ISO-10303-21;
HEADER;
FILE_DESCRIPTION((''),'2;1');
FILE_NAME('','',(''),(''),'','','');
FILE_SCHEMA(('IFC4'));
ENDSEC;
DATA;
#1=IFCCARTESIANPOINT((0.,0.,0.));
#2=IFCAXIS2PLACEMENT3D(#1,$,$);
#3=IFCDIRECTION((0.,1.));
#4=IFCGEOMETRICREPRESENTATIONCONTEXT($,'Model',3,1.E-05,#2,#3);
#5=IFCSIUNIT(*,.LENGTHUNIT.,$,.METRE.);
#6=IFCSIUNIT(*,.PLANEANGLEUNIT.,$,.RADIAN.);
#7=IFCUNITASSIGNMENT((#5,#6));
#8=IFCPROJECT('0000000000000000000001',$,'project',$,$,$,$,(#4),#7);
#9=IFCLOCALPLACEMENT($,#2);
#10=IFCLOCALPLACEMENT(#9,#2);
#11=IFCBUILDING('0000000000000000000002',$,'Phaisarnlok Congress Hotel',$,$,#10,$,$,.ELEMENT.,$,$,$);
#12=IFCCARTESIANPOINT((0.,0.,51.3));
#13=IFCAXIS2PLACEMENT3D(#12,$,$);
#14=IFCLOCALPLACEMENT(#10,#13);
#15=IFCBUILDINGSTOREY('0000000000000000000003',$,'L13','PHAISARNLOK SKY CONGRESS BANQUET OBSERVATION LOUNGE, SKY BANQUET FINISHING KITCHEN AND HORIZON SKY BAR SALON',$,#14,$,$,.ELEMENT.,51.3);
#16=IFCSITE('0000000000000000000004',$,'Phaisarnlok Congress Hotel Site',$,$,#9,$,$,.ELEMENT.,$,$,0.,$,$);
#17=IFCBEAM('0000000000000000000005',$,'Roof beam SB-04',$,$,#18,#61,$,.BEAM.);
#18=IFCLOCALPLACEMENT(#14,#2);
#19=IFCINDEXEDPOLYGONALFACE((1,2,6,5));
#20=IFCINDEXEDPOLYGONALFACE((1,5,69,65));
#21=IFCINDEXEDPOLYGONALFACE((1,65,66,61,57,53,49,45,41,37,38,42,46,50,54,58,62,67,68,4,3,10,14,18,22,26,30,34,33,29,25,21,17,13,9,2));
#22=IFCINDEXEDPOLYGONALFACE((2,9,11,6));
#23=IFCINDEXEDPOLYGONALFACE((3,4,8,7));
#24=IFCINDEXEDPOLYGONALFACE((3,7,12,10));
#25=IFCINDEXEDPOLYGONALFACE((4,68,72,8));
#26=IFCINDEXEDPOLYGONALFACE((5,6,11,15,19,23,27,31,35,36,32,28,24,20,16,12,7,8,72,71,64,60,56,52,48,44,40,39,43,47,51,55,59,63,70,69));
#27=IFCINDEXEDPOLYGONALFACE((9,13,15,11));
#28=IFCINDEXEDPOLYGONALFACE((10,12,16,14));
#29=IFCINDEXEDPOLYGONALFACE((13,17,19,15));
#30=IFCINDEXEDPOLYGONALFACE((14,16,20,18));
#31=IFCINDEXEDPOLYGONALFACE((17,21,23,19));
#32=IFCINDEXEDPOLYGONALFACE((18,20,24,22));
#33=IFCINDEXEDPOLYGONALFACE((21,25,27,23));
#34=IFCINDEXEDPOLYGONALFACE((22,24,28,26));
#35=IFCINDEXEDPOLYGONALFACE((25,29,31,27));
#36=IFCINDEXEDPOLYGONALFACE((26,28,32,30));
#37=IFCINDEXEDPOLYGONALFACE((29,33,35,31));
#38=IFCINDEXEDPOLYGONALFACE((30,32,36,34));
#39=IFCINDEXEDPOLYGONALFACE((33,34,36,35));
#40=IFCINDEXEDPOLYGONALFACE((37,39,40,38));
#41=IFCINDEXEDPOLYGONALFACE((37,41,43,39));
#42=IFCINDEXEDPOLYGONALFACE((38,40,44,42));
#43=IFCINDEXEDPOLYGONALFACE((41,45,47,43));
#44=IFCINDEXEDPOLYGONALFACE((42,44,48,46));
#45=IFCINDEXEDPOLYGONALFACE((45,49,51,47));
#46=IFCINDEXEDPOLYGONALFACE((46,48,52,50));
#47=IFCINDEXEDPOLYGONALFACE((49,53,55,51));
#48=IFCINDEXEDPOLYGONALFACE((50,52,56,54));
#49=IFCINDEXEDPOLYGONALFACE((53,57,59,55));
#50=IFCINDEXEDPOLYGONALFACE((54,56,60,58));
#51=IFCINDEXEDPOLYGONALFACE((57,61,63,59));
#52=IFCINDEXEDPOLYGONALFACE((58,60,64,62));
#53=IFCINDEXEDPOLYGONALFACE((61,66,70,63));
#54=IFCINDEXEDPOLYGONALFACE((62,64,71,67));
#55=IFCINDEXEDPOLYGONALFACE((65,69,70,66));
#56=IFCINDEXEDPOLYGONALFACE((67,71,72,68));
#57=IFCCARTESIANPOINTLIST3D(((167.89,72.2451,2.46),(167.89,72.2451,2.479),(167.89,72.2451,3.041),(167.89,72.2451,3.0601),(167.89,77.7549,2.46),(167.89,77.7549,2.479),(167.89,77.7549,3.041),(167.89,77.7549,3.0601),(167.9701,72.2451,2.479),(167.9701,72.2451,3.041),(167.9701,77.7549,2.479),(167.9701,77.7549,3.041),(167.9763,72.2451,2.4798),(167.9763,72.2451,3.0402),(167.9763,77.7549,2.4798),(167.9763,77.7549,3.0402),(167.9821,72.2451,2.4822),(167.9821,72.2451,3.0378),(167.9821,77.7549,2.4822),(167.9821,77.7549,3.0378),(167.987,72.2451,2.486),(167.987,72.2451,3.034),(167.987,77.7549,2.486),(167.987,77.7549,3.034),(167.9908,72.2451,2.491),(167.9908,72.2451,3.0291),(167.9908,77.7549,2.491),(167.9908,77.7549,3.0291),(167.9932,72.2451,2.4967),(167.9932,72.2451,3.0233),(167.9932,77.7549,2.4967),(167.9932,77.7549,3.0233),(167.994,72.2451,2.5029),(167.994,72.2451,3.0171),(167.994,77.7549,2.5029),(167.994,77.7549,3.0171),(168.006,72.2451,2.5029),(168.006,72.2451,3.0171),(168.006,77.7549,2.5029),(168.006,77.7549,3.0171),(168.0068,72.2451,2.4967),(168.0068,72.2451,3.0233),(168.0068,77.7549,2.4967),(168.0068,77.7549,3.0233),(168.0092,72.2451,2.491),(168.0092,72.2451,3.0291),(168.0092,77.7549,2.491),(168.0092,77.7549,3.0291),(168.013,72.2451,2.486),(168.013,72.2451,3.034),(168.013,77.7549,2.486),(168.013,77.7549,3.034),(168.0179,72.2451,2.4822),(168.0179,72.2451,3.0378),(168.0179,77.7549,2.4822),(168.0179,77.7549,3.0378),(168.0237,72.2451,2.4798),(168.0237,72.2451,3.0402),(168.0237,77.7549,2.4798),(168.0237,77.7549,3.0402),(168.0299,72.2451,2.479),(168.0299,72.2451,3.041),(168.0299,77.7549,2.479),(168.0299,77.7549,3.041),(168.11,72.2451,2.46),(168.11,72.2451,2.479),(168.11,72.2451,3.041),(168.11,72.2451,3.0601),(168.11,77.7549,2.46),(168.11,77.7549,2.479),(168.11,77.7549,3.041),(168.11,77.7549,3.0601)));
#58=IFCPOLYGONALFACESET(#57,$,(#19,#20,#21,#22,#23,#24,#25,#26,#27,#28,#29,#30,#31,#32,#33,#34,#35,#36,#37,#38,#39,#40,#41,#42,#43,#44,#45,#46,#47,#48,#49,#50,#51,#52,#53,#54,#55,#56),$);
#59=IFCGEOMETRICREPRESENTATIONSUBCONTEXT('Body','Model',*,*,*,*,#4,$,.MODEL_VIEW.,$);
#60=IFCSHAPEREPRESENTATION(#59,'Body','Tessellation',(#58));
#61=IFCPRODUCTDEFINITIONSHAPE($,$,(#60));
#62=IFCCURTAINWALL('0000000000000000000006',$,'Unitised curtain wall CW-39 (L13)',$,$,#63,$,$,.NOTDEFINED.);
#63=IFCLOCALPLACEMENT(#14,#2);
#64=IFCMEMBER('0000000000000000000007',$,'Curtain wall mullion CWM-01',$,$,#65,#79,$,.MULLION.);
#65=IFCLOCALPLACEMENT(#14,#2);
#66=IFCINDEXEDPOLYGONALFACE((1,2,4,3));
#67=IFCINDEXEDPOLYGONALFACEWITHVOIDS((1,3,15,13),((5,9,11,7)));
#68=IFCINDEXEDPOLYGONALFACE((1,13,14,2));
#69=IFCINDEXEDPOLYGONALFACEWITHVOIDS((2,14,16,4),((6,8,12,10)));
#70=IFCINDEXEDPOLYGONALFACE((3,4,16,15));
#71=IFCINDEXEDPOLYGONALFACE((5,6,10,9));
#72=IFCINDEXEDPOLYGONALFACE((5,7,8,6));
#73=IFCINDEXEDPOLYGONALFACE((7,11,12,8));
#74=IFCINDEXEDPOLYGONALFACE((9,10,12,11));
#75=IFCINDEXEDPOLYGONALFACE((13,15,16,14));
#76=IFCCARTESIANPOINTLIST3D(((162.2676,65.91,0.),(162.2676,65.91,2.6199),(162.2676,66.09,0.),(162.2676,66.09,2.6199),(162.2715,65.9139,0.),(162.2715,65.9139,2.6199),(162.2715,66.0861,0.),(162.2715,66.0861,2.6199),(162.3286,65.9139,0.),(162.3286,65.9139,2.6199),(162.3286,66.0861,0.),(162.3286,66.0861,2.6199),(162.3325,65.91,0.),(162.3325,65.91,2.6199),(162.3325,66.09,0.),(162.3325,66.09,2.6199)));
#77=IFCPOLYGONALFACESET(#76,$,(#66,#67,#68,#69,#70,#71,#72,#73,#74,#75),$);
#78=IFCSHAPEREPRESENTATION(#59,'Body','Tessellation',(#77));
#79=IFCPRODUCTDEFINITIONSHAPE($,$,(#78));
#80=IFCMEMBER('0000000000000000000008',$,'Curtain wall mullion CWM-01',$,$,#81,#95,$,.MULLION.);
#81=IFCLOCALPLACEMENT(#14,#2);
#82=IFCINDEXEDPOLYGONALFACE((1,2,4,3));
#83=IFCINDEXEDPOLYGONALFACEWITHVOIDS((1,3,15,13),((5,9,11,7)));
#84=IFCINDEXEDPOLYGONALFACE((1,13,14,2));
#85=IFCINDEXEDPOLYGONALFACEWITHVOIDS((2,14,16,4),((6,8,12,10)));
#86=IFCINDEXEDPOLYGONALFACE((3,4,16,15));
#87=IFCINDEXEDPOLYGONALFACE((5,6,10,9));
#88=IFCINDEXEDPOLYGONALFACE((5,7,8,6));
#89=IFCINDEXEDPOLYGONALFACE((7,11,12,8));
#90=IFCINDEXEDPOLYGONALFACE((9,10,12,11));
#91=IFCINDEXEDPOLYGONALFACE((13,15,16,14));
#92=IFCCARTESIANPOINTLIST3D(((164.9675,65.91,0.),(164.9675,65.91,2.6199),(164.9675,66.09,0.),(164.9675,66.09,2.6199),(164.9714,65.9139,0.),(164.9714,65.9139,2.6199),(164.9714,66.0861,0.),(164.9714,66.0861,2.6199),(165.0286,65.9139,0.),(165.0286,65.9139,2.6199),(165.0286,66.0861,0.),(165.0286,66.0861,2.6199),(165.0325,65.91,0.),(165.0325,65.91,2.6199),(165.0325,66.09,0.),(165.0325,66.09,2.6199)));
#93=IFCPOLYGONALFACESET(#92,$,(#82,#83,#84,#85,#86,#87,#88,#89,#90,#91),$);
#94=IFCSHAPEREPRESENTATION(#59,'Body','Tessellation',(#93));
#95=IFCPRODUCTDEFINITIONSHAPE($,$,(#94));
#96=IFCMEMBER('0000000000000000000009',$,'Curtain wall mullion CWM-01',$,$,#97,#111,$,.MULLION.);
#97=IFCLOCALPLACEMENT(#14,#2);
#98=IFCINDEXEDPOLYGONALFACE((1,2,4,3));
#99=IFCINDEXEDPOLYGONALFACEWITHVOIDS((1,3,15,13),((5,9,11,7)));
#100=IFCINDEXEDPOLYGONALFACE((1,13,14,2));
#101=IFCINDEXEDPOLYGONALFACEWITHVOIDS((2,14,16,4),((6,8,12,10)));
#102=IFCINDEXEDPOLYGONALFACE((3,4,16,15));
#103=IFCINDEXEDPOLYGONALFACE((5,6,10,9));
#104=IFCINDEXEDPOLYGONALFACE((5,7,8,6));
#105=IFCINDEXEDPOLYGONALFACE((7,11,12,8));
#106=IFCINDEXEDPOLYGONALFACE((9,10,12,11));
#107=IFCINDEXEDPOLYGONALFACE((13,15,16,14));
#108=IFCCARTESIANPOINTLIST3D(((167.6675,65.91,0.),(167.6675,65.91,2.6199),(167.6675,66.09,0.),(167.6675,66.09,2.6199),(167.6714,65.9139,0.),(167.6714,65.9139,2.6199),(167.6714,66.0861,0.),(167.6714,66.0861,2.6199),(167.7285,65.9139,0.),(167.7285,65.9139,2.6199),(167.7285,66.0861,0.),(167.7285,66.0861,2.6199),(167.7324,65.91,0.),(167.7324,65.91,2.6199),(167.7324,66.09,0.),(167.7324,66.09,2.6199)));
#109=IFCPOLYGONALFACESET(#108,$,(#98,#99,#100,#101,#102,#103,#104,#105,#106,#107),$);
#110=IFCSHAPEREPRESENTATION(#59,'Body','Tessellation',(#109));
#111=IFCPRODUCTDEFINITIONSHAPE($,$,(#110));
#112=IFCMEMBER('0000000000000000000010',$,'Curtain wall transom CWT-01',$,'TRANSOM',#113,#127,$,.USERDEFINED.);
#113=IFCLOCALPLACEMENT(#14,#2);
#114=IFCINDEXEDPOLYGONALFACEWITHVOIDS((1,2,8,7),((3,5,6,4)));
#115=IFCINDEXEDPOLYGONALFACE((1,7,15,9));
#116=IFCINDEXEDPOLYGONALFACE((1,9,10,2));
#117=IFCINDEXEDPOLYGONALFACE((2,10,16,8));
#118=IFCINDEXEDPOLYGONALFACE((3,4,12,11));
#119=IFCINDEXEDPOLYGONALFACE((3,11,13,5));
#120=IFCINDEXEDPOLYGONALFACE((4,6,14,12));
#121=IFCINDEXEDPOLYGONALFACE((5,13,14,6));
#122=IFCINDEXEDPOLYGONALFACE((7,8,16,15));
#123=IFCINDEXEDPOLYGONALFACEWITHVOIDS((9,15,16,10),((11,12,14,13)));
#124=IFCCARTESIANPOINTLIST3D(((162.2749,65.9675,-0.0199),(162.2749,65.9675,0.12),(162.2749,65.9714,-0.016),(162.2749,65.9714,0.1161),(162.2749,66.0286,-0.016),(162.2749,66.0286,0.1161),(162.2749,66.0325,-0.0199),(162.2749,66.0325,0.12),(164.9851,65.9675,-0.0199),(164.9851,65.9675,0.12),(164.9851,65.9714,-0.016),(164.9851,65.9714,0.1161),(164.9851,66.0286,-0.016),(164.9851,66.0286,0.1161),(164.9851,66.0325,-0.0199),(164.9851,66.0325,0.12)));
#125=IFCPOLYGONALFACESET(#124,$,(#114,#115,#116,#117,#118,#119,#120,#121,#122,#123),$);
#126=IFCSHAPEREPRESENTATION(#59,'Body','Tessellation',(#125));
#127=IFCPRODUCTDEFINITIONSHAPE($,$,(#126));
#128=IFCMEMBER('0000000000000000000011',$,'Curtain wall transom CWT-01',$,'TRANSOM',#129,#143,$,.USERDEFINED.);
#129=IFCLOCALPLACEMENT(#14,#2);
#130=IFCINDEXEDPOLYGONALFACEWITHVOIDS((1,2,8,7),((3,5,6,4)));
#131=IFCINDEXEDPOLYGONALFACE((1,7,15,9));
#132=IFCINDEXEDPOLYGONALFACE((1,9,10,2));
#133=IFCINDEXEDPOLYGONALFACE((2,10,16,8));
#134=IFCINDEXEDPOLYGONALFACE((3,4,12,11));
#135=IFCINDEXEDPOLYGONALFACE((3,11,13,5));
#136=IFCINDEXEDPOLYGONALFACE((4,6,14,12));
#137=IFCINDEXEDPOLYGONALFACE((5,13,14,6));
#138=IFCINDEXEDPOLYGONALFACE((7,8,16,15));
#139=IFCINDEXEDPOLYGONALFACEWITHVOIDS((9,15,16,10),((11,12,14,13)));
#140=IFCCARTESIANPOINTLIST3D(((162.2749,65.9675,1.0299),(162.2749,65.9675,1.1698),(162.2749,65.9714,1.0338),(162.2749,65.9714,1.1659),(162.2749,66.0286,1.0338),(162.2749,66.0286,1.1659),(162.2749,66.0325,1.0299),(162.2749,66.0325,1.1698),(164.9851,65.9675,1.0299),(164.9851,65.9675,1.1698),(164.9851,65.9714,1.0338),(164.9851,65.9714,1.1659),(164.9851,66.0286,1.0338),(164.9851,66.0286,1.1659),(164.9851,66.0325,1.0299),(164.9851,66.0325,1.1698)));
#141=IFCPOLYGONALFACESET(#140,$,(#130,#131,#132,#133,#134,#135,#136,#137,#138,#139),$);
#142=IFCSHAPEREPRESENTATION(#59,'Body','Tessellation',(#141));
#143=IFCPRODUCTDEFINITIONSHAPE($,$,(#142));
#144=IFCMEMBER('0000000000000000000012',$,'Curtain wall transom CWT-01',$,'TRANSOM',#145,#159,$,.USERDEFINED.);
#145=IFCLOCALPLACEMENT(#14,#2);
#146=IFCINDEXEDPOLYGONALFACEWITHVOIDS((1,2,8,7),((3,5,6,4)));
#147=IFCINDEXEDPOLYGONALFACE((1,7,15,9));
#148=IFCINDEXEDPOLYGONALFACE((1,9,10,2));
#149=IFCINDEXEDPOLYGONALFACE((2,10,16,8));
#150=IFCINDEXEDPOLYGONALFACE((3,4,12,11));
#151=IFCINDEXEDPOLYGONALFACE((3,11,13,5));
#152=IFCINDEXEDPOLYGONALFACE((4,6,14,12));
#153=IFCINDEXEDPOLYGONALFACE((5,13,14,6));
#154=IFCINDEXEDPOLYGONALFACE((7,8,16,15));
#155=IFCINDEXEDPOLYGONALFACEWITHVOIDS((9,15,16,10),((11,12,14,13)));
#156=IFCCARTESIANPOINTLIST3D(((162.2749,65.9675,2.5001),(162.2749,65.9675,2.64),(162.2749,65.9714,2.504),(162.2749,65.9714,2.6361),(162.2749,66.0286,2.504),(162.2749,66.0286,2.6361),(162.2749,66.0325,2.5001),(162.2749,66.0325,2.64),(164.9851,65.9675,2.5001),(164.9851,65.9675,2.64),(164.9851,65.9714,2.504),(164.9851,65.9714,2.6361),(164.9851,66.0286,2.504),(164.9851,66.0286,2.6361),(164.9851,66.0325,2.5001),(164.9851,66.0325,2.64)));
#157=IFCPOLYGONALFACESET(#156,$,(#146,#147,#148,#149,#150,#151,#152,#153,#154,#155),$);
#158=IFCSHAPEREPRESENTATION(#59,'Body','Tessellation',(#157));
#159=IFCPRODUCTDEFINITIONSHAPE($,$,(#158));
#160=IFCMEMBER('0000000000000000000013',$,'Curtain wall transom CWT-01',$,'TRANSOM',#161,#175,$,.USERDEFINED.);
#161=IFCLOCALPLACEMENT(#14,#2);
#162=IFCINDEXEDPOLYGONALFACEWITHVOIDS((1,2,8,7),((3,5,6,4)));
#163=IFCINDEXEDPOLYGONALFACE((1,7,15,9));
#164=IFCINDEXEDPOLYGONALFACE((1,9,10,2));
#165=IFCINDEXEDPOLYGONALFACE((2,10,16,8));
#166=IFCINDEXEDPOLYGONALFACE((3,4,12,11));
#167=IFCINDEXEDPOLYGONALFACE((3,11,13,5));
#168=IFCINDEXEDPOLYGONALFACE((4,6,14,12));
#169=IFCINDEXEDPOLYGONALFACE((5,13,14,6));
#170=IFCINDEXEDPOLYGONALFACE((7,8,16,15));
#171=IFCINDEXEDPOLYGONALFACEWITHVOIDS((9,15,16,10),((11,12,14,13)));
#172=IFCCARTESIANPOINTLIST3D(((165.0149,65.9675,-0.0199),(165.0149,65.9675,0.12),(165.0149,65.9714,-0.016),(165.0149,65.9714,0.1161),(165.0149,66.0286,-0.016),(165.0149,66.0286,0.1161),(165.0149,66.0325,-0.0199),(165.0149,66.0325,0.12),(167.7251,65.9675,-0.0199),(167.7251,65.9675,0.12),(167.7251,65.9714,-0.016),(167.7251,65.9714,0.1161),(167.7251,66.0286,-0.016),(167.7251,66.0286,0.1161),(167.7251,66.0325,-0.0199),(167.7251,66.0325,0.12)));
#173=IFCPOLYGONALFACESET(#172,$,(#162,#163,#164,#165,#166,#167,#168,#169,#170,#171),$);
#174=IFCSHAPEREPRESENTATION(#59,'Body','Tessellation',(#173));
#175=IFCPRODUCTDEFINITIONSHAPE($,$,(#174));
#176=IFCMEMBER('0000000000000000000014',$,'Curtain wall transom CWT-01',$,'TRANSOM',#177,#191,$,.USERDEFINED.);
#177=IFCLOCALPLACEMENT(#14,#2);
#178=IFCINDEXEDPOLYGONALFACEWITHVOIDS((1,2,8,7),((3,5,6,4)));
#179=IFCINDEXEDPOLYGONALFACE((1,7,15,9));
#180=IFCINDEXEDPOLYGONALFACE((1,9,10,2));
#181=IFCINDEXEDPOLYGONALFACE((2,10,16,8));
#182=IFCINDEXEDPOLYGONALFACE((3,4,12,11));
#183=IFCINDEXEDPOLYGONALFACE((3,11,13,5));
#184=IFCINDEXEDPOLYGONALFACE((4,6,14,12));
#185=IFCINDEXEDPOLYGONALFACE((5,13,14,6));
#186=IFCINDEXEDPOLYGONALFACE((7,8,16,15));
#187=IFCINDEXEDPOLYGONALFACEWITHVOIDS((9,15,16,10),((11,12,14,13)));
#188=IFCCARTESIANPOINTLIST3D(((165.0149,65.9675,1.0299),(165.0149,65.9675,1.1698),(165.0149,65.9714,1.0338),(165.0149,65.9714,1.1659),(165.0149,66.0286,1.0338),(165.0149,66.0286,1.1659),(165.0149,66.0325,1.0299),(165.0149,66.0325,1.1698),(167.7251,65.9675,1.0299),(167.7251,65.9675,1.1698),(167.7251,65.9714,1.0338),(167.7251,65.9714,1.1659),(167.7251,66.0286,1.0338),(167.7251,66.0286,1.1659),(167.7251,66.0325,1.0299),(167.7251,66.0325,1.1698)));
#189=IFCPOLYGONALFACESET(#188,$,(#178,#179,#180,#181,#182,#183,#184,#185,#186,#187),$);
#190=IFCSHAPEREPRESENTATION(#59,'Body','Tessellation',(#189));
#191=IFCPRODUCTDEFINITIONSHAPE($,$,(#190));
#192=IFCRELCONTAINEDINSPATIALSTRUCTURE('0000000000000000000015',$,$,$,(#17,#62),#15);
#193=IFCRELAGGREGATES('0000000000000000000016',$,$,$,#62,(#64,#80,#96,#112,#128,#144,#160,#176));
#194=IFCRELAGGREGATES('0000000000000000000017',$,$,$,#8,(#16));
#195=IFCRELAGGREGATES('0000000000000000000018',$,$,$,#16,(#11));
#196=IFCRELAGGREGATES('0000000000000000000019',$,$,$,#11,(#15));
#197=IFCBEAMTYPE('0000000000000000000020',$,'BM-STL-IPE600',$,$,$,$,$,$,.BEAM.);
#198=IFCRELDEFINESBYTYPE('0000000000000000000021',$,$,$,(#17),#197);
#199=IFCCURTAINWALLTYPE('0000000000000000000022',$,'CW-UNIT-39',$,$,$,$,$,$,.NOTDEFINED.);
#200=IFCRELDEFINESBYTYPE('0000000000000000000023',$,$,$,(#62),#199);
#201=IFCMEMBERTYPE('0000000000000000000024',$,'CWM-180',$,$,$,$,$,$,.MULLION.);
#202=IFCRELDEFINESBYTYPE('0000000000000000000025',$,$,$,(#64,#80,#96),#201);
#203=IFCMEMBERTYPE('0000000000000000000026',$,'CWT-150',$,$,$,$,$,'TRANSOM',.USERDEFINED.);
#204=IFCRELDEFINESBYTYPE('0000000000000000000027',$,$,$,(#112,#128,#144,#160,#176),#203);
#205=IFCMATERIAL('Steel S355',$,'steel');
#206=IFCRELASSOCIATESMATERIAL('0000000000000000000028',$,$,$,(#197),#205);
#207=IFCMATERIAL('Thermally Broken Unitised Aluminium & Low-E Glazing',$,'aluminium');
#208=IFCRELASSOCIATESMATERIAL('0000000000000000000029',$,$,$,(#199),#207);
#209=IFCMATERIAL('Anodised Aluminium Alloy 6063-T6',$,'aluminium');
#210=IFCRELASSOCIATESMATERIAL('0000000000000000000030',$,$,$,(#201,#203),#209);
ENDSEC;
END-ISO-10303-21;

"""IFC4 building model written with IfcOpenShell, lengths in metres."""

from ifc_helpers import new_model, si_unit, direction, frame, origin, origin_2d, place, context, subcontext, project, spatial, hollow_rectangle, i_section, extrude, material, material_profile, profile_set, type_object, element, aggregate, save


model = new_model("IFC4")

# Units and contexts
model_context = context("Model", 3, precision=1e-05, world=origin(), true_north=direction((0.0, 1.0)))
body_context = subcontext(model_context, "Body", "Model", "MODEL_VIEW")
ifc_project = project(units=[si_unit("LENGTHUNIT", "METRE"), si_unit("PLANEANGLEUNIT", "RADIAN")], contexts=[model_context])

# Site, building, storey
site_placement = place(None, origin())
site = spatial("IfcSite", under=ifc_project, at=site_placement, Name="Phaisarnlok Congress Hotel Site", CompositionType="ELEMENT", RefElevation=0.0)
building_placement = place(site_placement, origin())
building = spatial("IfcBuilding", under=site, at=building_placement, Name="Phaisarnlok Congress Hotel", CompositionType="ELEMENT")
storey_placement = place(building_placement, frame((0.0, 0.0, 51.3)))
storey = spatial("IfcBuildingStorey", under=building, at=storey_placement, Name="L13", Description="PHAISARNLOK SKY CONGRESS BANQUET OBSERVATION LOUNGE, SKY BANQUET FINISHING KITCHEN AND HORIZON SKY BAR SALON", CompositionType="ELEMENT", Elevation=51.3)

# Beam
ifc_material_1 = material(Name="Steel S355", Category="steel")
ifc_material_profile_1 = material_profile(ifc_material_1, i_section(OverallWidth=0.22, OverallDepth=0.6001, WebThickness=0.012, FlangeThickness=0.019, FilletRadius=0.0239, at=origin_2d()), Name="IPE 600")
ifc_profile_set_1 = profile_set([ifc_material_profile_1], Name="Steel S355")
beam_type_1 = type_object("IfcBeamType", Name="BM-STL-IPE600", PredefinedType="BEAM", material=ifc_profile_set_1)
for number, where, z_axis, x_axis, name in (
    (1, (168.0, 72.2451, 2.76), (0.0, 1.0, 0.0), (-1.0, 0.0, 0.0), "Roof beam SB-04"),
):
    element("IfcBeam", number, at=place(storey_placement, frame(where, z_axis=z_axis, x_axis=x_axis)), inside=storey, type_object=beam_type_1, Name=name, PredefinedType="BEAM", context=body_context, shape_type="SweptSolid", body=[
        extrude(i_section(OverallWidth=0.22, OverallDepth=0.6001, WebThickness=0.012, FlangeThickness=0.019, FilletRadius=0.0239, at=origin_2d()), origin(), (0.0, 0.0, 1.0), 5.5098),
    ])

# Curtain wall, members
ifc_material_2 = material(Name="Thermally Broken Unitised Aluminium & Low-E Glazing", Category="aluminium")
curtain_wall_type = type_object("IfcCurtainWallType", Name="CW-UNIT-39", PredefinedType="NOTDEFINED", material=ifc_material_2)
curtain_wall_placement = place(storey_placement, origin())
curtain_wall = element("IfcCurtainWall", 2, at=curtain_wall_placement, inside=storey, type_object=curtain_wall_type, Name="Unitised curtain wall CW-39 (L13)", PredefinedType="NOTDEFINED")
ifc_material_3 = material(Name="Anodised Aluminium Alloy 6063-T6", Category="aluminium")
ifc_material_profile_2 = material_profile(ifc_material_3, hollow_rectangle(XDim=0.0649, YDim=0.1799, WallThickness=0.0039, at=origin_2d()), Name="ALU-M 65x180x4")
ifc_profile_set_2 = profile_set([ifc_material_profile_2], Name="Anodised Aluminium Alloy 6063-T6")
member_type_1 = type_object("IfcMemberType", Name="CWM-180", PredefinedType="MULLION", material=ifc_profile_set_2)
member_1_placement = place(storey_placement, frame((162.3, 66.0, 0.0), z_axis=(0.0, 0.0, 1.0), x_axis=(1.0, 0.0, 0.0)))
member_1 = element("IfcMember", 3, at=member_1_placement, type_object=member_type_1, Name="Curtain wall mullion CWM-01", PredefinedType="MULLION", context=body_context, shape_type="SweptSolid", body=[
    extrude(hollow_rectangle(XDim=0.0649, YDim=0.1799, WallThickness=0.0039, at=origin_2d()), origin(), (0.0, 0.0, 1.0), 2.6199),
])
member_2_placement = place(storey_placement, frame((165.0, 66.0, 0.0), z_axis=(0.0, 0.0, 1.0), x_axis=(1.0, 0.0, 0.0)))
member_2 = element("IfcMember", 4, at=member_2_placement, type_object=member_type_1, Name="Curtain wall mullion CWM-01", PredefinedType="MULLION", context=body_context, shape_type="SweptSolid", body=[
    extrude(hollow_rectangle(XDim=0.0649, YDim=0.1799, WallThickness=0.0039, at=origin_2d()), origin(), (0.0, 0.0, 1.0), 2.6199),
])
member_3_placement = place(storey_placement, frame((167.7, 66.0, 0.0), z_axis=(0.0, 0.0, 1.0), x_axis=(1.0, 0.0, 0.0)))
member_3 = element("IfcMember", 5, at=member_3_placement, type_object=member_type_1, Name="Curtain wall mullion CWM-01", PredefinedType="MULLION", context=body_context, shape_type="SweptSolid", body=[
    extrude(hollow_rectangle(XDim=0.0649, YDim=0.1799, WallThickness=0.0039, at=origin_2d()), origin(), (0.0, 0.0, 1.0), 2.6199),
])
ifc_material_profile_3 = material_profile(ifc_material_3, hollow_rectangle(XDim=0.0649, YDim=0.1399, WallThickness=0.0039, at=origin_2d()), Name="ALU-T 65x140x4")
ifc_profile_set_3 = profile_set([ifc_material_profile_3], Name="Anodised Aluminium Alloy 6063-T6")
member_type_2 = type_object("IfcMemberType", Name="CWT-150", ElementType="TRANSOM", PredefinedType="USERDEFINED", material=ifc_profile_set_3)
member_4_placement = place(storey_placement, frame((162.2749, 66.0, 0.05), z_axis=(1.0, 0.0, 0.0), x_axis=(0.0, 1.0, 0.0)))
member_4 = element("IfcMember", 6, at=member_4_placement, type_object=member_type_2, Name="Curtain wall transom CWT-01", ObjectType="TRANSOM", PredefinedType="USERDEFINED", context=body_context, shape_type="SweptSolid", body=[
    extrude(hollow_rectangle(XDim=0.0649, YDim=0.1399, WallThickness=0.0039, at=origin_2d()), origin(), (0.0, 0.0, 1.0), 2.7102),
])
member_5_placement = place(storey_placement, frame((162.2749, 66.0, 1.0999), z_axis=(1.0, 0.0, 0.0), x_axis=(0.0, 1.0, 0.0)))
member_5 = element("IfcMember", 7, at=member_5_placement, type_object=member_type_2, Name="Curtain wall transom CWT-01", ObjectType="TRANSOM", PredefinedType="USERDEFINED", context=body_context, shape_type="SweptSolid", body=[
    extrude(hollow_rectangle(XDim=0.0649, YDim=0.1399, WallThickness=0.0039, at=origin_2d()), origin(), (0.0, 0.0, 1.0), 2.7102),
])
member_6_placement = place(storey_placement, frame((162.2749, 66.0, 2.5701), z_axis=(1.0, 0.0, 0.0), x_axis=(0.0, 1.0, 0.0)))
member_6 = element("IfcMember", 8, at=member_6_placement, type_object=member_type_2, Name="Curtain wall transom CWT-01", ObjectType="TRANSOM", PredefinedType="USERDEFINED", context=body_context, shape_type="SweptSolid", body=[
    extrude(hollow_rectangle(XDim=0.0649, YDim=0.1399, WallThickness=0.0039, at=origin_2d()), origin(), (0.0, 0.0, 1.0), 2.7102),
])
member_7_placement = place(storey_placement, frame((165.0149, 66.0, 0.05), z_axis=(1.0, 0.0, 0.0), x_axis=(0.0, 1.0, 0.0)))
member_7 = element("IfcMember", 9, at=member_7_placement, type_object=member_type_2, Name="Curtain wall transom CWT-01", ObjectType="TRANSOM", PredefinedType="USERDEFINED", context=body_context, shape_type="SweptSolid", body=[
    extrude(hollow_rectangle(XDim=0.0649, YDim=0.1399, WallThickness=0.0039, at=origin_2d()), origin(), (0.0, 0.0, 1.0), 2.7102),
])
member_8_placement = place(storey_placement, frame((165.0149, 66.0, 1.0999), z_axis=(1.0, 0.0, 0.0), x_axis=(0.0, 1.0, 0.0)))
member_8 = element("IfcMember", 10, at=member_8_placement, type_object=member_type_2, Name="Curtain wall transom CWT-01", ObjectType="TRANSOM", PredefinedType="USERDEFINED", context=body_context, shape_type="SweptSolid", body=[
    extrude(hollow_rectangle(XDim=0.0649, YDim=0.1399, WallThickness=0.0039, at=origin_2d()), origin(), (0.0, 0.0, 1.0), 2.7102),
])
aggregate(curtain_wall, [member_1, member_2, member_3, member_4, member_5, member_6, member_7, member_8])

save(model, "model.ifc")
